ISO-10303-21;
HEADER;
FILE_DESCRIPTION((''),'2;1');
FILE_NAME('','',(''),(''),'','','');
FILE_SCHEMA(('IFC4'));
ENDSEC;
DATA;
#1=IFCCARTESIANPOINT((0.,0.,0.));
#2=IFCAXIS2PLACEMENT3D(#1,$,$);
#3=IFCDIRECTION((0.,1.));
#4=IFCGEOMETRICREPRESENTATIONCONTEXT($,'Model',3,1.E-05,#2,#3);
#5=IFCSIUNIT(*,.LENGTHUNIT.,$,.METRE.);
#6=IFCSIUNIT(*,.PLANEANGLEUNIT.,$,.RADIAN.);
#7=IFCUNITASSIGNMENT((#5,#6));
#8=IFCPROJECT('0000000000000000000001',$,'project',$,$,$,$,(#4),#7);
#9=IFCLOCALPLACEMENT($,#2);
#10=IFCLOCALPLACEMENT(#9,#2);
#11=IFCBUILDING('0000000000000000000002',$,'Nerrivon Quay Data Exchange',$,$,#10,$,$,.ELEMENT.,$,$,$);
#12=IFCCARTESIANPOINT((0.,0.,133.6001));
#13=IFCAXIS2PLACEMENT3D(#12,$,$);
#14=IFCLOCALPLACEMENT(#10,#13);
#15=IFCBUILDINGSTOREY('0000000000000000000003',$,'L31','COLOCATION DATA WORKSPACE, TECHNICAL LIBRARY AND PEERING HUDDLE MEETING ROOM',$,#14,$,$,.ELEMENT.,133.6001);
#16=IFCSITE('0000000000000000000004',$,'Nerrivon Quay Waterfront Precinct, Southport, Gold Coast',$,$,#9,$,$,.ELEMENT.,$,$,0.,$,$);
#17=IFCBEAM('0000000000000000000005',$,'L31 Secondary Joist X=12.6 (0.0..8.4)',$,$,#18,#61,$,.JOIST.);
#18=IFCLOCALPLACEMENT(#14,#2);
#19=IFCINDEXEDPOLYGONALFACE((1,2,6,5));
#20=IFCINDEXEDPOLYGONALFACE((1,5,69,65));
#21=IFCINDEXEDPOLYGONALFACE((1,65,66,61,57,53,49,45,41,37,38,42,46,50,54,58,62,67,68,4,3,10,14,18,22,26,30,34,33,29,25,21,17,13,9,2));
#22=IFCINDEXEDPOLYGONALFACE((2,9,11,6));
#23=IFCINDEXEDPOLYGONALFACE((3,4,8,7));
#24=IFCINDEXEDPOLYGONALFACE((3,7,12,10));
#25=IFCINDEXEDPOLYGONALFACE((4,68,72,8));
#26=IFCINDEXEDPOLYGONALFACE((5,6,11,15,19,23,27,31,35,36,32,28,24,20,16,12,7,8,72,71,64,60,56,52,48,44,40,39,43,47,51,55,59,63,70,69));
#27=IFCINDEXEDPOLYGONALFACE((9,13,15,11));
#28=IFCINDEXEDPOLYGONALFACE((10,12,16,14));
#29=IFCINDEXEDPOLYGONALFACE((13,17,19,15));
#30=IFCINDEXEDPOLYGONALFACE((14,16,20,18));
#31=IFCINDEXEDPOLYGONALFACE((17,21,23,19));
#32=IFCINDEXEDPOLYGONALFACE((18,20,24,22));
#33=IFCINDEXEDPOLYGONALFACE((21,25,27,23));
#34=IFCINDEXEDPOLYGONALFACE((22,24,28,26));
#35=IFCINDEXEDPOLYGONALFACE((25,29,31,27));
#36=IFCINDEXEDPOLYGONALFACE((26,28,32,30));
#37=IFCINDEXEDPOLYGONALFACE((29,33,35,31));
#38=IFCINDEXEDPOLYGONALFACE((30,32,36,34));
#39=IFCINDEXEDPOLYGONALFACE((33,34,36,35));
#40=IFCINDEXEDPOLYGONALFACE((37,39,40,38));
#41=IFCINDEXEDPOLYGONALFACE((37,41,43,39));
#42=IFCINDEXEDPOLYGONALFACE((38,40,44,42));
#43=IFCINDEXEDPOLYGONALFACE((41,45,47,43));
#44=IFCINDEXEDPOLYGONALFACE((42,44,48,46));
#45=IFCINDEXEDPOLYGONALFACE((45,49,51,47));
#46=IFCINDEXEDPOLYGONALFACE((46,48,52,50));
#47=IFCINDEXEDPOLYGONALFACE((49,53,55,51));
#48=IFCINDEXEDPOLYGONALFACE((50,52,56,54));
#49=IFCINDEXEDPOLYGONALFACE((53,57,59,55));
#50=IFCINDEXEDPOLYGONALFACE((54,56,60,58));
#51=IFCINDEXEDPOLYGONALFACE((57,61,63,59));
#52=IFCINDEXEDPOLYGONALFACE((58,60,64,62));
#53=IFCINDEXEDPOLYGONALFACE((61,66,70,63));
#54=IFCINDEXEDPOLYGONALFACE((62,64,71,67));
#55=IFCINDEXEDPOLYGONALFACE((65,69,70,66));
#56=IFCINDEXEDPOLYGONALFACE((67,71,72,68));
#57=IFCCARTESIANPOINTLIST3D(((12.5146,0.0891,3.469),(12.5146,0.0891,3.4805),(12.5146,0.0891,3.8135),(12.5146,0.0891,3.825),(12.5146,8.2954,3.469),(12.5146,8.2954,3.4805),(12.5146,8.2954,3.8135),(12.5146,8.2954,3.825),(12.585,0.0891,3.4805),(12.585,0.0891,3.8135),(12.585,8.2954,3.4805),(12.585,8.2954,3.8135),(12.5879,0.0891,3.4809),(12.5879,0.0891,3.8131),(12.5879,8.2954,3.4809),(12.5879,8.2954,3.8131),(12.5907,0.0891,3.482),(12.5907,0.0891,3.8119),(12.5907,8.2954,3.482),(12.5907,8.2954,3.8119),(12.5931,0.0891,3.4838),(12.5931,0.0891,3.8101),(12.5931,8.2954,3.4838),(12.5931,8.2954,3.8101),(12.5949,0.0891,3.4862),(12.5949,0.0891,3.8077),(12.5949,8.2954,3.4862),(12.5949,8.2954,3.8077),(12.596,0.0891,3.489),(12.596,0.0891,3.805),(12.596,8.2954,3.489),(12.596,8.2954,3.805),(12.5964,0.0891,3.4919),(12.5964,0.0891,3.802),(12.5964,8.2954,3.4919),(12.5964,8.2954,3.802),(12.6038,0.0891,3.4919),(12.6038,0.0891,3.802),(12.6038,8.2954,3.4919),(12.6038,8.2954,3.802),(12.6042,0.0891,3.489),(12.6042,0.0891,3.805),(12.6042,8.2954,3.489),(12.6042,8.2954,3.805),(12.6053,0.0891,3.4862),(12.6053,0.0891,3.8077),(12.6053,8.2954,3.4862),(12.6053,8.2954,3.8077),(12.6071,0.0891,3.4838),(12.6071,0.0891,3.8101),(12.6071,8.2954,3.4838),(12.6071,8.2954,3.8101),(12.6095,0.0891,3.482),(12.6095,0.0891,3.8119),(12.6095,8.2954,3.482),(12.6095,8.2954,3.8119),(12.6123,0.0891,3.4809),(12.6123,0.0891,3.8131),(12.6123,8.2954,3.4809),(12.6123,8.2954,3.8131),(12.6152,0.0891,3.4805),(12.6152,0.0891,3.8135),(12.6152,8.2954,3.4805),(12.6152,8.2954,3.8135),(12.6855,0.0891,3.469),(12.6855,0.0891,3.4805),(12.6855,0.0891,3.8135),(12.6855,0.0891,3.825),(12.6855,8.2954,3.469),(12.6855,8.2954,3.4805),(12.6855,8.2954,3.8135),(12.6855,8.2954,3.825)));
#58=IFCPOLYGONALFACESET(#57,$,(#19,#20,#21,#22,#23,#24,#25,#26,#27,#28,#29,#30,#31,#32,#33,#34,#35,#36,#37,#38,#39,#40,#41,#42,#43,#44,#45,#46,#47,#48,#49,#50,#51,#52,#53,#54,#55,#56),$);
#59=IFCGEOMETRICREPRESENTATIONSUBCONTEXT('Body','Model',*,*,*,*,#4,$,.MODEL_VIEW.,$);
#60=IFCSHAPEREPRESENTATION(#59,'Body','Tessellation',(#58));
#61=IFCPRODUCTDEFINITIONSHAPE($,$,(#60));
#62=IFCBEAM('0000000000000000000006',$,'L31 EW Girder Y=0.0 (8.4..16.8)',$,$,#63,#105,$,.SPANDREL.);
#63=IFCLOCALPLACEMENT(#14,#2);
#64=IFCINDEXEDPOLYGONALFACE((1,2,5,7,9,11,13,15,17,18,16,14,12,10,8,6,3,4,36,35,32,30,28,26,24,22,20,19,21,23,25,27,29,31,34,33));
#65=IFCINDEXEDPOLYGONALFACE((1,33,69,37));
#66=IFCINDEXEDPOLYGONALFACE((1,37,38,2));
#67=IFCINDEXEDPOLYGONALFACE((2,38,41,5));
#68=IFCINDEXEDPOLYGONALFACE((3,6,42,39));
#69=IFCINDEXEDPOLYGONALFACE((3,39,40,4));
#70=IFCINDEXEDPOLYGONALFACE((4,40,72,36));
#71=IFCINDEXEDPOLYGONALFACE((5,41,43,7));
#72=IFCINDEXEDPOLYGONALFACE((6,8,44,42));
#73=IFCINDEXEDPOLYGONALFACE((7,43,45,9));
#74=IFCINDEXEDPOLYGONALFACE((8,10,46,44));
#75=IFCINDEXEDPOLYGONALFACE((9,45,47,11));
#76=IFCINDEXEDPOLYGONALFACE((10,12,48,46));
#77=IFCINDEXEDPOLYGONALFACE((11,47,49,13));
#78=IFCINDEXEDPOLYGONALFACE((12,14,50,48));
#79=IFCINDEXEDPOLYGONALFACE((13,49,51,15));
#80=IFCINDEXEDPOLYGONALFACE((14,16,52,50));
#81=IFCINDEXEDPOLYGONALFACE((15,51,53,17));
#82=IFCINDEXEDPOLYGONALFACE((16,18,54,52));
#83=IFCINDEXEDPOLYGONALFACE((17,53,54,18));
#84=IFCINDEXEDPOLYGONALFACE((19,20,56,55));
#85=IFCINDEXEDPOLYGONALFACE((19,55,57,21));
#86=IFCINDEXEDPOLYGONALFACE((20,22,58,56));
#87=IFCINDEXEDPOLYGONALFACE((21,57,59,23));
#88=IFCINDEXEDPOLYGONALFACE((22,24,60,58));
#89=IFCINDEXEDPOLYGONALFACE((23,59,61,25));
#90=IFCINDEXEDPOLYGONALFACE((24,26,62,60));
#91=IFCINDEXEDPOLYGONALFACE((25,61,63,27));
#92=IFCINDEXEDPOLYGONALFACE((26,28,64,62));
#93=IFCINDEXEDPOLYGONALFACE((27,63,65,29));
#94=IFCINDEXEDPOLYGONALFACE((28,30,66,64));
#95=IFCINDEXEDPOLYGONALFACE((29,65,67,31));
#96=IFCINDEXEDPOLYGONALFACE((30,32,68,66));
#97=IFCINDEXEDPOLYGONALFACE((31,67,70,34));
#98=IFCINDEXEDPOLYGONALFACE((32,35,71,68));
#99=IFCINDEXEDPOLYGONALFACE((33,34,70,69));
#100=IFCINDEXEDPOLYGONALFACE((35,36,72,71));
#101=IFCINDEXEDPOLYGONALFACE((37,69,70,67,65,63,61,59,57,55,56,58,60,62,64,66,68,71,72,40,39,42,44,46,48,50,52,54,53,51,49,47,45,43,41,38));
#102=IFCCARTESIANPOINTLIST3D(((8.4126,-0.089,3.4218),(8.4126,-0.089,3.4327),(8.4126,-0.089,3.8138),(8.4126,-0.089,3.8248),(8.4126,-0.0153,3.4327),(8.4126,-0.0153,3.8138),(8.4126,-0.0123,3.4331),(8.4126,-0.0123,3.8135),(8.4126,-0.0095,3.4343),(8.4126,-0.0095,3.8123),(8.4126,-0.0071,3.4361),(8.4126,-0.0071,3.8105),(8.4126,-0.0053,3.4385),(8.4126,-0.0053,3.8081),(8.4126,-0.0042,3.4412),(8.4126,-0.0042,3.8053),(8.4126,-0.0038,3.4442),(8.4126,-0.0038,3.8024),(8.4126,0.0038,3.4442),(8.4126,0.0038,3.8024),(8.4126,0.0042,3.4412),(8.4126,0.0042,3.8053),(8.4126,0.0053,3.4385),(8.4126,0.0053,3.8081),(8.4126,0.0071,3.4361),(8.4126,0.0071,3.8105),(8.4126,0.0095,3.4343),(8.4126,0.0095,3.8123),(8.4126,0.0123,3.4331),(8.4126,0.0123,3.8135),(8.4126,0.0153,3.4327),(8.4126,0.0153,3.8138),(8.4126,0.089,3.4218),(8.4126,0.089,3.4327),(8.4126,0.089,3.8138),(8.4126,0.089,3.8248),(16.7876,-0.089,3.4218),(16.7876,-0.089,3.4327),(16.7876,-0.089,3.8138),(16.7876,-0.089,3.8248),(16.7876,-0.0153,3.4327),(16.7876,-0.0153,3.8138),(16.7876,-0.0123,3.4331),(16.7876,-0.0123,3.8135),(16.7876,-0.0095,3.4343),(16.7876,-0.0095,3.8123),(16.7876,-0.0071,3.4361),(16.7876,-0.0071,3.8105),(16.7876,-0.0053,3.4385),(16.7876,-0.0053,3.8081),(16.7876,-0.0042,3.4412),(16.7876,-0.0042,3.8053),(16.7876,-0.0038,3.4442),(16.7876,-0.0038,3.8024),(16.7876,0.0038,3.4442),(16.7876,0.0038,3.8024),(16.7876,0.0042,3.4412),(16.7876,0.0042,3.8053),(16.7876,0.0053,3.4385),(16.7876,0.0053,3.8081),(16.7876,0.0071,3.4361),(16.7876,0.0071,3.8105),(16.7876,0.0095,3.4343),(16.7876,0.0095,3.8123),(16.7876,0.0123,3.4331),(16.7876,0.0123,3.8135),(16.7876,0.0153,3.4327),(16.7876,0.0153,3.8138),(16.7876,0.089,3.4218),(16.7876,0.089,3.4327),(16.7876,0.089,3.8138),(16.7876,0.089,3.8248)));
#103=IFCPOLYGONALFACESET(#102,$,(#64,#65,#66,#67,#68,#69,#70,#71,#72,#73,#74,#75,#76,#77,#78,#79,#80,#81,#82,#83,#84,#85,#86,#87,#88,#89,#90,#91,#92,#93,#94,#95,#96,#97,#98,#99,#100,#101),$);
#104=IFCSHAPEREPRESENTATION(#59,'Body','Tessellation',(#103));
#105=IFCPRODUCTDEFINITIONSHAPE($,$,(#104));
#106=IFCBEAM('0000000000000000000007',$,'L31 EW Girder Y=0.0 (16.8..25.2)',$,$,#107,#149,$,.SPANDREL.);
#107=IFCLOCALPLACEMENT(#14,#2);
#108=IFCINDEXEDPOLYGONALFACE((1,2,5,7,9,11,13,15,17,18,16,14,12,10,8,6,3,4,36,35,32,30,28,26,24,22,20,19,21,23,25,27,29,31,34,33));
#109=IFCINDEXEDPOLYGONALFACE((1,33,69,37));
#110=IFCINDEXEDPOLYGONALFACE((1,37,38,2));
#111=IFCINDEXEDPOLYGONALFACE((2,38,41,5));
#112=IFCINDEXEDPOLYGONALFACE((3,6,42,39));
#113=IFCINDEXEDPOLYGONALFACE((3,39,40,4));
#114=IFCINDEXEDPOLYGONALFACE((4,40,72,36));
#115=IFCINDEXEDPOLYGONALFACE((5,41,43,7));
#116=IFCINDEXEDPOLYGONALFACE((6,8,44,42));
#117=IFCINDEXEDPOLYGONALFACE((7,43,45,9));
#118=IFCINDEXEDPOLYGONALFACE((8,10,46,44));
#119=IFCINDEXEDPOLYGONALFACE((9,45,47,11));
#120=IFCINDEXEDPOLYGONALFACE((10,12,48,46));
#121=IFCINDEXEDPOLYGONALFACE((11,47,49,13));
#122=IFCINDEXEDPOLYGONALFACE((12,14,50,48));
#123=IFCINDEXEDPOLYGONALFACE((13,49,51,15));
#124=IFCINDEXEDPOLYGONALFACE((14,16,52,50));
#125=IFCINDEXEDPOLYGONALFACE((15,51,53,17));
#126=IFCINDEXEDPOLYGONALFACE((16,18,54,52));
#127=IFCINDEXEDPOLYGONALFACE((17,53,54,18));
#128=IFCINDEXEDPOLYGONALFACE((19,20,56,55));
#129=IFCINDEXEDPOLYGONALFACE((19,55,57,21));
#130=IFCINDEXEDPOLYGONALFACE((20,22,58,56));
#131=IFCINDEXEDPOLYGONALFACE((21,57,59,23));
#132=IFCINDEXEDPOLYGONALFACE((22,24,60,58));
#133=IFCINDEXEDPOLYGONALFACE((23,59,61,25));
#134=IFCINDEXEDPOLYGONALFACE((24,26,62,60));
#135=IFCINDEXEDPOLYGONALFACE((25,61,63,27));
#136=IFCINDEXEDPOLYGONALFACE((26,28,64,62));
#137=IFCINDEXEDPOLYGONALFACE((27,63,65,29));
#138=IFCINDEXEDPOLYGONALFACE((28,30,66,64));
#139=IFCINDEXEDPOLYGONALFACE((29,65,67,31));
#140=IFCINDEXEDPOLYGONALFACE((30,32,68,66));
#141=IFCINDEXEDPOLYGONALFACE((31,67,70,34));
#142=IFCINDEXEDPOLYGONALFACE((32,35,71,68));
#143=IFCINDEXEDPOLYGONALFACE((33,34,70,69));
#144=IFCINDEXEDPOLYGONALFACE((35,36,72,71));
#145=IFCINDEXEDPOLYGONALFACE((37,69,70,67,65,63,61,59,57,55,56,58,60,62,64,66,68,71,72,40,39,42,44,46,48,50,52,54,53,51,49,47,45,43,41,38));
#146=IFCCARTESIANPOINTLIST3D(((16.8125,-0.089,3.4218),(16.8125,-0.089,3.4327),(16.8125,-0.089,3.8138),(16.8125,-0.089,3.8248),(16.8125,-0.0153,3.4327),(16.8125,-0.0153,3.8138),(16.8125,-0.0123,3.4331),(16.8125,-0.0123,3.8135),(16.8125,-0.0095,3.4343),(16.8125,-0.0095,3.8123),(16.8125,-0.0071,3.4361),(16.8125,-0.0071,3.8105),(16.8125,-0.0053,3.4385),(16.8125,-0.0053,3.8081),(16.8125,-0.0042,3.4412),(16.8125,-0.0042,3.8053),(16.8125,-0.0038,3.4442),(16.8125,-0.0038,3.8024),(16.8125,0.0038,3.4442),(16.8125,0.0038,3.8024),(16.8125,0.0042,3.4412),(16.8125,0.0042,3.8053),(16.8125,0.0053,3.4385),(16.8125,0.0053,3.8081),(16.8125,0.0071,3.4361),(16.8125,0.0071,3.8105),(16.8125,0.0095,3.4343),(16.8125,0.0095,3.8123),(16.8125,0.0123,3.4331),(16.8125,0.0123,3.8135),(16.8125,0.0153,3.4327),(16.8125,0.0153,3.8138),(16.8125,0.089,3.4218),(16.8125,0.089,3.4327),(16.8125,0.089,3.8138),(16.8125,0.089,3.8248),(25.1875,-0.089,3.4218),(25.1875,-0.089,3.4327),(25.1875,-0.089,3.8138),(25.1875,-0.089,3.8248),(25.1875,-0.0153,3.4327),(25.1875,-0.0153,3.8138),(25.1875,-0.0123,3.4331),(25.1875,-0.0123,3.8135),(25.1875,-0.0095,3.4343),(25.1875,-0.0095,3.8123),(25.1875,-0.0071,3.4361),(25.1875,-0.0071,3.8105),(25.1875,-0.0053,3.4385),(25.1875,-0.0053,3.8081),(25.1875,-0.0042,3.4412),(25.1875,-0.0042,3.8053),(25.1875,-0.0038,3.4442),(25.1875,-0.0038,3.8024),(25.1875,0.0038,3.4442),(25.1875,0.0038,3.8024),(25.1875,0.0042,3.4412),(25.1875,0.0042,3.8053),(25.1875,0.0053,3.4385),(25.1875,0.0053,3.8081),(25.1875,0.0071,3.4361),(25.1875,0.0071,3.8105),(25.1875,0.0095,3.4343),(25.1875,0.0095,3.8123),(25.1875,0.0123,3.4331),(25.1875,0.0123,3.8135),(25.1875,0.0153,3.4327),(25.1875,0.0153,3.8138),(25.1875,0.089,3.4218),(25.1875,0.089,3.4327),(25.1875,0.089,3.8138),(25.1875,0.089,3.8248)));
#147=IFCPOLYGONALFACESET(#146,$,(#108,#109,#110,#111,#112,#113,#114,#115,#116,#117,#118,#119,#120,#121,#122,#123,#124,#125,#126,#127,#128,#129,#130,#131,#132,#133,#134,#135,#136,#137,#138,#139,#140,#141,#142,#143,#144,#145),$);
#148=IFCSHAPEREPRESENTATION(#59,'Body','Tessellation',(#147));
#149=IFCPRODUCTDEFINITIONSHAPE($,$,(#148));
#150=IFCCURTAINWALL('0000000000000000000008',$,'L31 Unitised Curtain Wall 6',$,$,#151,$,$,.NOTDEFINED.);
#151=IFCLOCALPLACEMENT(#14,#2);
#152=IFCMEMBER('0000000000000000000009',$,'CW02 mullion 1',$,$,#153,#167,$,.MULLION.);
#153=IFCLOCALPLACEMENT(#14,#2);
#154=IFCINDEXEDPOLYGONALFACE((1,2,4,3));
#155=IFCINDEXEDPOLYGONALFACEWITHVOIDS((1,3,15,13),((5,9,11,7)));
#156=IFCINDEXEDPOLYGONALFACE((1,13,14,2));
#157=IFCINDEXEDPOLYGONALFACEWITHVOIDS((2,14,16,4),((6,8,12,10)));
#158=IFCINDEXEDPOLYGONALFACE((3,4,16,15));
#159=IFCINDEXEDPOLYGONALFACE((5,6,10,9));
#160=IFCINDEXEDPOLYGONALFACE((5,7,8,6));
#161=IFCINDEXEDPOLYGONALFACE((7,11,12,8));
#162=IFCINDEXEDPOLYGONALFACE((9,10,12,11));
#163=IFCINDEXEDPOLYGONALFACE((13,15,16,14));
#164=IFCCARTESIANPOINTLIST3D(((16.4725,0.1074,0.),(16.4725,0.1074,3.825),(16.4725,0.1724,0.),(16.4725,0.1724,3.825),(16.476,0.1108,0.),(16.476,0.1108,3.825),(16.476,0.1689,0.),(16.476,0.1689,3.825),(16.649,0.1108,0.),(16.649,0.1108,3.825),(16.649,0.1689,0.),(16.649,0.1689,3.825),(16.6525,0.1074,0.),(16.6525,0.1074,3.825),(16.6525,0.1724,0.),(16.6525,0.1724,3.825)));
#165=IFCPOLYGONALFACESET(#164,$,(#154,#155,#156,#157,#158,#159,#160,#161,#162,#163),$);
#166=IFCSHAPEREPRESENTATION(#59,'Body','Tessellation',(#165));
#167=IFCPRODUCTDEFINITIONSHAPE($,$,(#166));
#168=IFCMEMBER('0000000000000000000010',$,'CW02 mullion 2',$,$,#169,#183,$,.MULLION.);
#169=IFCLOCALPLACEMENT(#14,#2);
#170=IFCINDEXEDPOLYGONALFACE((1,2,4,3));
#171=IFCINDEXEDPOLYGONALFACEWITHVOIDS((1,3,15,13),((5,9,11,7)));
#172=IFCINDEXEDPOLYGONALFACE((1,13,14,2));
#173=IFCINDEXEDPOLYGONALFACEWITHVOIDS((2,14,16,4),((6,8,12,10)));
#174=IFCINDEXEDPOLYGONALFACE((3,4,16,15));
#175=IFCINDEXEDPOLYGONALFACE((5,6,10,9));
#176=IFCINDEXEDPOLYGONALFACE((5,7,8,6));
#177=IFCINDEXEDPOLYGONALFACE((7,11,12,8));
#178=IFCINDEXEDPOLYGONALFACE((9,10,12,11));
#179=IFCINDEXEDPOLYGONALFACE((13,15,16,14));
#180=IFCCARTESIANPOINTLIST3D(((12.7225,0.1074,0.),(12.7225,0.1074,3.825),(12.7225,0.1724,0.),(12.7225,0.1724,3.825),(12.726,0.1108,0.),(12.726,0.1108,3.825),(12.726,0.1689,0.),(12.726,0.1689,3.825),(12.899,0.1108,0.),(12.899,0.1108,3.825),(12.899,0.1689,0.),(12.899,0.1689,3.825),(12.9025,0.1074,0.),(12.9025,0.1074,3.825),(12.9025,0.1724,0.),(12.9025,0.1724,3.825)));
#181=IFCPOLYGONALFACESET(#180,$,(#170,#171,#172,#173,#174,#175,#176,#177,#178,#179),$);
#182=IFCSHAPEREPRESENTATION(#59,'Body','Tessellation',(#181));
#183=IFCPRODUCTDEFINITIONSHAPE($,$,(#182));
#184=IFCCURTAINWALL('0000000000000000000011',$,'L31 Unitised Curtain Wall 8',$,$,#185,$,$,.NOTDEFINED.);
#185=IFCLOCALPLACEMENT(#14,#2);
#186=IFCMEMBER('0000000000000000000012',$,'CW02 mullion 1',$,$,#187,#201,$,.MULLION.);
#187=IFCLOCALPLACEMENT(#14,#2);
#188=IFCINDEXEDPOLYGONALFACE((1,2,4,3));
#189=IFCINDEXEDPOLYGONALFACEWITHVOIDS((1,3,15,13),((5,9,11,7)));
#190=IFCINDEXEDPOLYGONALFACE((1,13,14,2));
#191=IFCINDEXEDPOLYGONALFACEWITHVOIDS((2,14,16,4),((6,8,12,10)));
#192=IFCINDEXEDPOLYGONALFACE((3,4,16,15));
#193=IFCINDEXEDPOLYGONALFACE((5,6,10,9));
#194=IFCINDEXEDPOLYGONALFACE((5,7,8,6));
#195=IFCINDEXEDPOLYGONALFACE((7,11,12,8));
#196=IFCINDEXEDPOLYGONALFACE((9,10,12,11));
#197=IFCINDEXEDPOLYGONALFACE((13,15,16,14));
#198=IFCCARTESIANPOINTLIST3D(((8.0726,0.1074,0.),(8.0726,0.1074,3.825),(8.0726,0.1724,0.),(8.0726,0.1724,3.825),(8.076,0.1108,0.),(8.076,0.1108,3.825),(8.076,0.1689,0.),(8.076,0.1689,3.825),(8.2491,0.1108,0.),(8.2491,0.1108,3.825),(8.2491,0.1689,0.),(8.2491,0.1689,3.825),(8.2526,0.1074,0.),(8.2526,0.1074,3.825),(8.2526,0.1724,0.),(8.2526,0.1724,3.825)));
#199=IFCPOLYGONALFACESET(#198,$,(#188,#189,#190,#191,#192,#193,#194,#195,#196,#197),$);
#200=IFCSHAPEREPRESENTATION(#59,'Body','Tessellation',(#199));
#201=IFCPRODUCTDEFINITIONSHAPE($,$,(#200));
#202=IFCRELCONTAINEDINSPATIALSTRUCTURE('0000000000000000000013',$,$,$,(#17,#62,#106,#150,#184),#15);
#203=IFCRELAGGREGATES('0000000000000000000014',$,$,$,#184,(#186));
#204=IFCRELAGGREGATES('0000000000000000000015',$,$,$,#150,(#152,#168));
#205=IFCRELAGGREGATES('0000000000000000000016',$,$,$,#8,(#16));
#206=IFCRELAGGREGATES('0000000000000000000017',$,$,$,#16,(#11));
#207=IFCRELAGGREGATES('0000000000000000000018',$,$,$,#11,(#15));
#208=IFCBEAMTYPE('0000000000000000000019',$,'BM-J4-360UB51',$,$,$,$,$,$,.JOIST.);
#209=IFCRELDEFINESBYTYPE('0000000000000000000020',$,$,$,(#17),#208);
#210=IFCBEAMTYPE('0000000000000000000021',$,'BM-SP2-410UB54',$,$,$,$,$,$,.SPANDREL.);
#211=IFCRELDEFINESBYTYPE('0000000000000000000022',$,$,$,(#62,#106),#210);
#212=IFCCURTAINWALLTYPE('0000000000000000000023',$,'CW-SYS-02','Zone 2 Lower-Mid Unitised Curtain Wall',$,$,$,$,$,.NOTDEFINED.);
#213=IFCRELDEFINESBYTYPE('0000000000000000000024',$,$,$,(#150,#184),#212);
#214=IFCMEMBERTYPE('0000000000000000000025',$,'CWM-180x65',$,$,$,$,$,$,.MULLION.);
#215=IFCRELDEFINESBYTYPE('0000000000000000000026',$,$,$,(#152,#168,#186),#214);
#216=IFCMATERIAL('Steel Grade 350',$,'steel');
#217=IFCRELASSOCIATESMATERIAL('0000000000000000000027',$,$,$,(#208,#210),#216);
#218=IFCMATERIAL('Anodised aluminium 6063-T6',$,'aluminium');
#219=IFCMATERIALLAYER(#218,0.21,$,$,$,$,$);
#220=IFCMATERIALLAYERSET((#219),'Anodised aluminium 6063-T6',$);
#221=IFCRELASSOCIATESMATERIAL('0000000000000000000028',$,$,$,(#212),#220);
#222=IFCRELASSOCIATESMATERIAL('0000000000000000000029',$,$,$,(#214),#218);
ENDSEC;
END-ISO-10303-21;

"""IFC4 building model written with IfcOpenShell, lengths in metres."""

from ifc_helpers import new_model, si_unit, direction, frame, origin, origin_2d, place, context, subcontext, project, spatial, hollow_rectangle, i_section, extrude, material, layer, layer_set, material_profile, profile_set, type_object, element, aggregate, save


model = new_model("IFC4")

# Units and contexts
model_context = context("Model", 3, precision=1e-05, world=origin(), true_north=direction((0.0, 1.0)))
body_context = subcontext(model_context, "Body", "Model", "MODEL_VIEW")
ifc_project = project(units=[si_unit("LENGTHUNIT", "METRE"), si_unit("PLANEANGLEUNIT", "RADIAN")], contexts=[model_context])

# Site, building, storey
site_placement = place(None, origin())
site = spatial("IfcSite", under=ifc_project, at=site_placement, Name="Nerrivon Quay Waterfront Precinct, Southport, Gold Coast", CompositionType="ELEMENT", RefElevation=0.0)
building_placement = place(site_placement, origin())
building = spatial("IfcBuilding", under=site, at=building_placement, Name="Nerrivon Quay Data Exchange", CompositionType="ELEMENT")
storey_placement = place(building_placement, frame((0.0, 0.0, 133.6001)))
storey = spatial("IfcBuildingStorey", under=building, at=storey_placement, Name="L31", Description="COLOCATION DATA WORKSPACE, TECHNICAL LIBRARY AND PEERING HUDDLE MEETING ROOM", CompositionType="ELEMENT", Elevation=133.6001)

# Shared definitions
ifc_material_1 = material(Name="Steel Grade 350", Category="steel")

# Beams
ifc_material_profile_1 = material_profile(ifc_material_1, i_section(OverallWidth=0.1709, OverallDepth=0.356, WebThickness=0.0073, FlangeThickness=0.0115, FilletRadius=0.0115, at=origin_2d()), Name="360UB50.7")
ifc_profile_set_1 = profile_set([ifc_material_profile_1], Name="Steel Grade 350")
beam_type_1 = type_object("IfcBeamType", Name="BM-J4-360UB51", PredefinedType="JOIST", material=ifc_profile_set_1)
beam_1_placement = place(storey_placement, frame((12.6001, 0.0891, 3.647), z_axis=(0.0, 1.0, 0.0), x_axis=(-1.0, 0.0, 0.0)))
element("IfcBeam", 1, at=beam_1_placement, inside=storey, type_object=beam_type_1, Name="L31 Secondary Joist X=12.6 (0.0..8.4)", PredefinedType="JOIST", context=body_context, shape_type="SweptSolid", body=[
    extrude(i_section(OverallWidth=0.1709, OverallDepth=0.356, WebThickness=0.0073, FlangeThickness=0.0115, FilletRadius=0.0115, at=origin_2d()), origin(), (0.0, 0.0, 1.0), 8.2063),
])
ifc_material_profile_2 = material_profile(ifc_material_1, i_section(OverallWidth=0.178, OverallDepth=0.4031, WebThickness=0.0076, FlangeThickness=0.011, FilletRadius=0.0115, at=origin_2d()), Name="410UB53.7")
ifc_profile_set_2 = profile_set([ifc_material_profile_2], Name="Steel Grade 350")
beam_type_2 = type_object("IfcBeamType", Name="BM-SP2-410UB54", PredefinedType="SPANDREL", material=ifc_profile_set_2)
for number, where, z_axis, x_axis, name in (
    (2, (8.4126, 0.0, 3.6233), (1.0, 0.0, 0.0), (0.0, 1.0, 0.0), "L31 EW Girder Y=0.0 (8.4..16.8)"),
    (3, (16.8125, 0.0, 3.6233), (1.0, 0.0, 0.0), (0.0, 1.0, 0.0), "L31 EW Girder Y=0.0 (16.8..25.2)"),
):
    element("IfcBeam", number, at=place(storey_placement, frame(where, z_axis=z_axis, x_axis=x_axis)), inside=storey, type_object=beam_type_2, Name=name, PredefinedType="SPANDREL", context=body_context, shape_type="SweptSolid", body=[
        extrude(i_section(OverallWidth=0.178, OverallDepth=0.4031, WebThickness=0.0076, FlangeThickness=0.011, FilletRadius=0.0115, at=origin_2d()), origin(), (0.0, 0.0, 1.0), 8.375),
    ])

# Curtain wall, members
ifc_material_2 = material(Name="Anodised aluminium 6063-T6", Category="aluminium")
ifc_layer_1 = layer(ifc_material_2, 0.21)
ifc_layer_set_1 = layer_set([ifc_layer_1], Name="Anodised aluminium 6063-T6")
curtain_wall_type = type_object("IfcCurtainWallType", Name="CW-SYS-02", Description="Zone 2 Lower-Mid Unitised Curtain Wall", PredefinedType="NOTDEFINED", material=ifc_layer_set_1)
curtain_wall_1_placement = place(storey_placement, origin())
curtain_wall_1 = element("IfcCurtainWall", 4, at=curtain_wall_1_placement, inside=storey, type_object=curtain_wall_type, Name="L31 Unitised Curtain Wall 6", PredefinedType="NOTDEFINED")
ifc_material_profile_3 = material_profile(ifc_material_2, hollow_rectangle(XDim=0.0649, YDim=0.1799, WallThickness=0.0034, at=origin_2d()), Name="ALU-MULL-180x65")
ifc_profile_set_3 = profile_set([ifc_material_profile_3], Name="Anodised aluminium 6063-T6")
member_type_1 = type_object("IfcMemberType", Name="CWM-180x65", PredefinedType="MULLION", material=ifc_profile_set_3)
member_1_placement = place(storey_placement, frame((16.5625, 0.1399, 0.0), z_axis=(0.0, 0.0, 1.0), x_axis=(0.0, -1.0, 0.0)))
member_1 = element("IfcMember", 5, at=member_1_placement, type_object=member_type_1, Name="CW02 mullion 1", PredefinedType="MULLION", context=body_context, shape_type="SweptSolid", body=[
    extrude(hollow_rectangle(XDim=0.0649, YDim=0.1799, WallThickness=0.0034, at=origin_2d()), origin(), (0.0, 0.0, 1.0), 3.825),
])
member_2_placement = place(storey_placement, frame((12.8125, 0.1399, 0.0), z_axis=(0.0, 0.0, 1.0), x_axis=(0.0, -1.0, 0.0)))
member_2 = element("IfcMember", 6, at=member_2_placement, type_object=member_type_1, Name="CW02 mullion 2", PredefinedType="MULLION", context=body_context, shape_type="SweptSolid", body=[
    extrude(hollow_rectangle(XDim=0.0649, YDim=0.1799, WallThickness=0.0034, at=origin_2d()), origin(), (0.0, 0.0, 1.0), 3.825),
])

# Curtain wall, member
curtain_wall_2_placement = place(storey_placement, origin())
curtain_wall_2 = element("IfcCurtainWall", 7, at=curtain_wall_2_placement, inside=storey, type_object=curtain_wall_type, Name="L31 Unitised Curtain Wall 8", PredefinedType="NOTDEFINED")
member_3_placement = place(storey_placement, frame((8.1626, 0.1399, 0.0), z_axis=(0.0, 0.0, 1.0), x_axis=(0.0, -1.0, 0.0)))
member_3 = element("IfcMember", 8, at=member_3_placement, type_object=member_type_1, Name="CW02 mullion 1", PredefinedType="MULLION", context=body_context, shape_type="SweptSolid", body=[
    extrude(hollow_rectangle(XDim=0.0649, YDim=0.1799, WallThickness=0.0034, at=origin_2d()), origin(), (0.0, 0.0, 1.0), 3.825),
])

aggregate(curtain_wall_2, [member_3])

aggregate(curtain_wall_1, [member_1, member_2])

save(model, "model.ifc")
